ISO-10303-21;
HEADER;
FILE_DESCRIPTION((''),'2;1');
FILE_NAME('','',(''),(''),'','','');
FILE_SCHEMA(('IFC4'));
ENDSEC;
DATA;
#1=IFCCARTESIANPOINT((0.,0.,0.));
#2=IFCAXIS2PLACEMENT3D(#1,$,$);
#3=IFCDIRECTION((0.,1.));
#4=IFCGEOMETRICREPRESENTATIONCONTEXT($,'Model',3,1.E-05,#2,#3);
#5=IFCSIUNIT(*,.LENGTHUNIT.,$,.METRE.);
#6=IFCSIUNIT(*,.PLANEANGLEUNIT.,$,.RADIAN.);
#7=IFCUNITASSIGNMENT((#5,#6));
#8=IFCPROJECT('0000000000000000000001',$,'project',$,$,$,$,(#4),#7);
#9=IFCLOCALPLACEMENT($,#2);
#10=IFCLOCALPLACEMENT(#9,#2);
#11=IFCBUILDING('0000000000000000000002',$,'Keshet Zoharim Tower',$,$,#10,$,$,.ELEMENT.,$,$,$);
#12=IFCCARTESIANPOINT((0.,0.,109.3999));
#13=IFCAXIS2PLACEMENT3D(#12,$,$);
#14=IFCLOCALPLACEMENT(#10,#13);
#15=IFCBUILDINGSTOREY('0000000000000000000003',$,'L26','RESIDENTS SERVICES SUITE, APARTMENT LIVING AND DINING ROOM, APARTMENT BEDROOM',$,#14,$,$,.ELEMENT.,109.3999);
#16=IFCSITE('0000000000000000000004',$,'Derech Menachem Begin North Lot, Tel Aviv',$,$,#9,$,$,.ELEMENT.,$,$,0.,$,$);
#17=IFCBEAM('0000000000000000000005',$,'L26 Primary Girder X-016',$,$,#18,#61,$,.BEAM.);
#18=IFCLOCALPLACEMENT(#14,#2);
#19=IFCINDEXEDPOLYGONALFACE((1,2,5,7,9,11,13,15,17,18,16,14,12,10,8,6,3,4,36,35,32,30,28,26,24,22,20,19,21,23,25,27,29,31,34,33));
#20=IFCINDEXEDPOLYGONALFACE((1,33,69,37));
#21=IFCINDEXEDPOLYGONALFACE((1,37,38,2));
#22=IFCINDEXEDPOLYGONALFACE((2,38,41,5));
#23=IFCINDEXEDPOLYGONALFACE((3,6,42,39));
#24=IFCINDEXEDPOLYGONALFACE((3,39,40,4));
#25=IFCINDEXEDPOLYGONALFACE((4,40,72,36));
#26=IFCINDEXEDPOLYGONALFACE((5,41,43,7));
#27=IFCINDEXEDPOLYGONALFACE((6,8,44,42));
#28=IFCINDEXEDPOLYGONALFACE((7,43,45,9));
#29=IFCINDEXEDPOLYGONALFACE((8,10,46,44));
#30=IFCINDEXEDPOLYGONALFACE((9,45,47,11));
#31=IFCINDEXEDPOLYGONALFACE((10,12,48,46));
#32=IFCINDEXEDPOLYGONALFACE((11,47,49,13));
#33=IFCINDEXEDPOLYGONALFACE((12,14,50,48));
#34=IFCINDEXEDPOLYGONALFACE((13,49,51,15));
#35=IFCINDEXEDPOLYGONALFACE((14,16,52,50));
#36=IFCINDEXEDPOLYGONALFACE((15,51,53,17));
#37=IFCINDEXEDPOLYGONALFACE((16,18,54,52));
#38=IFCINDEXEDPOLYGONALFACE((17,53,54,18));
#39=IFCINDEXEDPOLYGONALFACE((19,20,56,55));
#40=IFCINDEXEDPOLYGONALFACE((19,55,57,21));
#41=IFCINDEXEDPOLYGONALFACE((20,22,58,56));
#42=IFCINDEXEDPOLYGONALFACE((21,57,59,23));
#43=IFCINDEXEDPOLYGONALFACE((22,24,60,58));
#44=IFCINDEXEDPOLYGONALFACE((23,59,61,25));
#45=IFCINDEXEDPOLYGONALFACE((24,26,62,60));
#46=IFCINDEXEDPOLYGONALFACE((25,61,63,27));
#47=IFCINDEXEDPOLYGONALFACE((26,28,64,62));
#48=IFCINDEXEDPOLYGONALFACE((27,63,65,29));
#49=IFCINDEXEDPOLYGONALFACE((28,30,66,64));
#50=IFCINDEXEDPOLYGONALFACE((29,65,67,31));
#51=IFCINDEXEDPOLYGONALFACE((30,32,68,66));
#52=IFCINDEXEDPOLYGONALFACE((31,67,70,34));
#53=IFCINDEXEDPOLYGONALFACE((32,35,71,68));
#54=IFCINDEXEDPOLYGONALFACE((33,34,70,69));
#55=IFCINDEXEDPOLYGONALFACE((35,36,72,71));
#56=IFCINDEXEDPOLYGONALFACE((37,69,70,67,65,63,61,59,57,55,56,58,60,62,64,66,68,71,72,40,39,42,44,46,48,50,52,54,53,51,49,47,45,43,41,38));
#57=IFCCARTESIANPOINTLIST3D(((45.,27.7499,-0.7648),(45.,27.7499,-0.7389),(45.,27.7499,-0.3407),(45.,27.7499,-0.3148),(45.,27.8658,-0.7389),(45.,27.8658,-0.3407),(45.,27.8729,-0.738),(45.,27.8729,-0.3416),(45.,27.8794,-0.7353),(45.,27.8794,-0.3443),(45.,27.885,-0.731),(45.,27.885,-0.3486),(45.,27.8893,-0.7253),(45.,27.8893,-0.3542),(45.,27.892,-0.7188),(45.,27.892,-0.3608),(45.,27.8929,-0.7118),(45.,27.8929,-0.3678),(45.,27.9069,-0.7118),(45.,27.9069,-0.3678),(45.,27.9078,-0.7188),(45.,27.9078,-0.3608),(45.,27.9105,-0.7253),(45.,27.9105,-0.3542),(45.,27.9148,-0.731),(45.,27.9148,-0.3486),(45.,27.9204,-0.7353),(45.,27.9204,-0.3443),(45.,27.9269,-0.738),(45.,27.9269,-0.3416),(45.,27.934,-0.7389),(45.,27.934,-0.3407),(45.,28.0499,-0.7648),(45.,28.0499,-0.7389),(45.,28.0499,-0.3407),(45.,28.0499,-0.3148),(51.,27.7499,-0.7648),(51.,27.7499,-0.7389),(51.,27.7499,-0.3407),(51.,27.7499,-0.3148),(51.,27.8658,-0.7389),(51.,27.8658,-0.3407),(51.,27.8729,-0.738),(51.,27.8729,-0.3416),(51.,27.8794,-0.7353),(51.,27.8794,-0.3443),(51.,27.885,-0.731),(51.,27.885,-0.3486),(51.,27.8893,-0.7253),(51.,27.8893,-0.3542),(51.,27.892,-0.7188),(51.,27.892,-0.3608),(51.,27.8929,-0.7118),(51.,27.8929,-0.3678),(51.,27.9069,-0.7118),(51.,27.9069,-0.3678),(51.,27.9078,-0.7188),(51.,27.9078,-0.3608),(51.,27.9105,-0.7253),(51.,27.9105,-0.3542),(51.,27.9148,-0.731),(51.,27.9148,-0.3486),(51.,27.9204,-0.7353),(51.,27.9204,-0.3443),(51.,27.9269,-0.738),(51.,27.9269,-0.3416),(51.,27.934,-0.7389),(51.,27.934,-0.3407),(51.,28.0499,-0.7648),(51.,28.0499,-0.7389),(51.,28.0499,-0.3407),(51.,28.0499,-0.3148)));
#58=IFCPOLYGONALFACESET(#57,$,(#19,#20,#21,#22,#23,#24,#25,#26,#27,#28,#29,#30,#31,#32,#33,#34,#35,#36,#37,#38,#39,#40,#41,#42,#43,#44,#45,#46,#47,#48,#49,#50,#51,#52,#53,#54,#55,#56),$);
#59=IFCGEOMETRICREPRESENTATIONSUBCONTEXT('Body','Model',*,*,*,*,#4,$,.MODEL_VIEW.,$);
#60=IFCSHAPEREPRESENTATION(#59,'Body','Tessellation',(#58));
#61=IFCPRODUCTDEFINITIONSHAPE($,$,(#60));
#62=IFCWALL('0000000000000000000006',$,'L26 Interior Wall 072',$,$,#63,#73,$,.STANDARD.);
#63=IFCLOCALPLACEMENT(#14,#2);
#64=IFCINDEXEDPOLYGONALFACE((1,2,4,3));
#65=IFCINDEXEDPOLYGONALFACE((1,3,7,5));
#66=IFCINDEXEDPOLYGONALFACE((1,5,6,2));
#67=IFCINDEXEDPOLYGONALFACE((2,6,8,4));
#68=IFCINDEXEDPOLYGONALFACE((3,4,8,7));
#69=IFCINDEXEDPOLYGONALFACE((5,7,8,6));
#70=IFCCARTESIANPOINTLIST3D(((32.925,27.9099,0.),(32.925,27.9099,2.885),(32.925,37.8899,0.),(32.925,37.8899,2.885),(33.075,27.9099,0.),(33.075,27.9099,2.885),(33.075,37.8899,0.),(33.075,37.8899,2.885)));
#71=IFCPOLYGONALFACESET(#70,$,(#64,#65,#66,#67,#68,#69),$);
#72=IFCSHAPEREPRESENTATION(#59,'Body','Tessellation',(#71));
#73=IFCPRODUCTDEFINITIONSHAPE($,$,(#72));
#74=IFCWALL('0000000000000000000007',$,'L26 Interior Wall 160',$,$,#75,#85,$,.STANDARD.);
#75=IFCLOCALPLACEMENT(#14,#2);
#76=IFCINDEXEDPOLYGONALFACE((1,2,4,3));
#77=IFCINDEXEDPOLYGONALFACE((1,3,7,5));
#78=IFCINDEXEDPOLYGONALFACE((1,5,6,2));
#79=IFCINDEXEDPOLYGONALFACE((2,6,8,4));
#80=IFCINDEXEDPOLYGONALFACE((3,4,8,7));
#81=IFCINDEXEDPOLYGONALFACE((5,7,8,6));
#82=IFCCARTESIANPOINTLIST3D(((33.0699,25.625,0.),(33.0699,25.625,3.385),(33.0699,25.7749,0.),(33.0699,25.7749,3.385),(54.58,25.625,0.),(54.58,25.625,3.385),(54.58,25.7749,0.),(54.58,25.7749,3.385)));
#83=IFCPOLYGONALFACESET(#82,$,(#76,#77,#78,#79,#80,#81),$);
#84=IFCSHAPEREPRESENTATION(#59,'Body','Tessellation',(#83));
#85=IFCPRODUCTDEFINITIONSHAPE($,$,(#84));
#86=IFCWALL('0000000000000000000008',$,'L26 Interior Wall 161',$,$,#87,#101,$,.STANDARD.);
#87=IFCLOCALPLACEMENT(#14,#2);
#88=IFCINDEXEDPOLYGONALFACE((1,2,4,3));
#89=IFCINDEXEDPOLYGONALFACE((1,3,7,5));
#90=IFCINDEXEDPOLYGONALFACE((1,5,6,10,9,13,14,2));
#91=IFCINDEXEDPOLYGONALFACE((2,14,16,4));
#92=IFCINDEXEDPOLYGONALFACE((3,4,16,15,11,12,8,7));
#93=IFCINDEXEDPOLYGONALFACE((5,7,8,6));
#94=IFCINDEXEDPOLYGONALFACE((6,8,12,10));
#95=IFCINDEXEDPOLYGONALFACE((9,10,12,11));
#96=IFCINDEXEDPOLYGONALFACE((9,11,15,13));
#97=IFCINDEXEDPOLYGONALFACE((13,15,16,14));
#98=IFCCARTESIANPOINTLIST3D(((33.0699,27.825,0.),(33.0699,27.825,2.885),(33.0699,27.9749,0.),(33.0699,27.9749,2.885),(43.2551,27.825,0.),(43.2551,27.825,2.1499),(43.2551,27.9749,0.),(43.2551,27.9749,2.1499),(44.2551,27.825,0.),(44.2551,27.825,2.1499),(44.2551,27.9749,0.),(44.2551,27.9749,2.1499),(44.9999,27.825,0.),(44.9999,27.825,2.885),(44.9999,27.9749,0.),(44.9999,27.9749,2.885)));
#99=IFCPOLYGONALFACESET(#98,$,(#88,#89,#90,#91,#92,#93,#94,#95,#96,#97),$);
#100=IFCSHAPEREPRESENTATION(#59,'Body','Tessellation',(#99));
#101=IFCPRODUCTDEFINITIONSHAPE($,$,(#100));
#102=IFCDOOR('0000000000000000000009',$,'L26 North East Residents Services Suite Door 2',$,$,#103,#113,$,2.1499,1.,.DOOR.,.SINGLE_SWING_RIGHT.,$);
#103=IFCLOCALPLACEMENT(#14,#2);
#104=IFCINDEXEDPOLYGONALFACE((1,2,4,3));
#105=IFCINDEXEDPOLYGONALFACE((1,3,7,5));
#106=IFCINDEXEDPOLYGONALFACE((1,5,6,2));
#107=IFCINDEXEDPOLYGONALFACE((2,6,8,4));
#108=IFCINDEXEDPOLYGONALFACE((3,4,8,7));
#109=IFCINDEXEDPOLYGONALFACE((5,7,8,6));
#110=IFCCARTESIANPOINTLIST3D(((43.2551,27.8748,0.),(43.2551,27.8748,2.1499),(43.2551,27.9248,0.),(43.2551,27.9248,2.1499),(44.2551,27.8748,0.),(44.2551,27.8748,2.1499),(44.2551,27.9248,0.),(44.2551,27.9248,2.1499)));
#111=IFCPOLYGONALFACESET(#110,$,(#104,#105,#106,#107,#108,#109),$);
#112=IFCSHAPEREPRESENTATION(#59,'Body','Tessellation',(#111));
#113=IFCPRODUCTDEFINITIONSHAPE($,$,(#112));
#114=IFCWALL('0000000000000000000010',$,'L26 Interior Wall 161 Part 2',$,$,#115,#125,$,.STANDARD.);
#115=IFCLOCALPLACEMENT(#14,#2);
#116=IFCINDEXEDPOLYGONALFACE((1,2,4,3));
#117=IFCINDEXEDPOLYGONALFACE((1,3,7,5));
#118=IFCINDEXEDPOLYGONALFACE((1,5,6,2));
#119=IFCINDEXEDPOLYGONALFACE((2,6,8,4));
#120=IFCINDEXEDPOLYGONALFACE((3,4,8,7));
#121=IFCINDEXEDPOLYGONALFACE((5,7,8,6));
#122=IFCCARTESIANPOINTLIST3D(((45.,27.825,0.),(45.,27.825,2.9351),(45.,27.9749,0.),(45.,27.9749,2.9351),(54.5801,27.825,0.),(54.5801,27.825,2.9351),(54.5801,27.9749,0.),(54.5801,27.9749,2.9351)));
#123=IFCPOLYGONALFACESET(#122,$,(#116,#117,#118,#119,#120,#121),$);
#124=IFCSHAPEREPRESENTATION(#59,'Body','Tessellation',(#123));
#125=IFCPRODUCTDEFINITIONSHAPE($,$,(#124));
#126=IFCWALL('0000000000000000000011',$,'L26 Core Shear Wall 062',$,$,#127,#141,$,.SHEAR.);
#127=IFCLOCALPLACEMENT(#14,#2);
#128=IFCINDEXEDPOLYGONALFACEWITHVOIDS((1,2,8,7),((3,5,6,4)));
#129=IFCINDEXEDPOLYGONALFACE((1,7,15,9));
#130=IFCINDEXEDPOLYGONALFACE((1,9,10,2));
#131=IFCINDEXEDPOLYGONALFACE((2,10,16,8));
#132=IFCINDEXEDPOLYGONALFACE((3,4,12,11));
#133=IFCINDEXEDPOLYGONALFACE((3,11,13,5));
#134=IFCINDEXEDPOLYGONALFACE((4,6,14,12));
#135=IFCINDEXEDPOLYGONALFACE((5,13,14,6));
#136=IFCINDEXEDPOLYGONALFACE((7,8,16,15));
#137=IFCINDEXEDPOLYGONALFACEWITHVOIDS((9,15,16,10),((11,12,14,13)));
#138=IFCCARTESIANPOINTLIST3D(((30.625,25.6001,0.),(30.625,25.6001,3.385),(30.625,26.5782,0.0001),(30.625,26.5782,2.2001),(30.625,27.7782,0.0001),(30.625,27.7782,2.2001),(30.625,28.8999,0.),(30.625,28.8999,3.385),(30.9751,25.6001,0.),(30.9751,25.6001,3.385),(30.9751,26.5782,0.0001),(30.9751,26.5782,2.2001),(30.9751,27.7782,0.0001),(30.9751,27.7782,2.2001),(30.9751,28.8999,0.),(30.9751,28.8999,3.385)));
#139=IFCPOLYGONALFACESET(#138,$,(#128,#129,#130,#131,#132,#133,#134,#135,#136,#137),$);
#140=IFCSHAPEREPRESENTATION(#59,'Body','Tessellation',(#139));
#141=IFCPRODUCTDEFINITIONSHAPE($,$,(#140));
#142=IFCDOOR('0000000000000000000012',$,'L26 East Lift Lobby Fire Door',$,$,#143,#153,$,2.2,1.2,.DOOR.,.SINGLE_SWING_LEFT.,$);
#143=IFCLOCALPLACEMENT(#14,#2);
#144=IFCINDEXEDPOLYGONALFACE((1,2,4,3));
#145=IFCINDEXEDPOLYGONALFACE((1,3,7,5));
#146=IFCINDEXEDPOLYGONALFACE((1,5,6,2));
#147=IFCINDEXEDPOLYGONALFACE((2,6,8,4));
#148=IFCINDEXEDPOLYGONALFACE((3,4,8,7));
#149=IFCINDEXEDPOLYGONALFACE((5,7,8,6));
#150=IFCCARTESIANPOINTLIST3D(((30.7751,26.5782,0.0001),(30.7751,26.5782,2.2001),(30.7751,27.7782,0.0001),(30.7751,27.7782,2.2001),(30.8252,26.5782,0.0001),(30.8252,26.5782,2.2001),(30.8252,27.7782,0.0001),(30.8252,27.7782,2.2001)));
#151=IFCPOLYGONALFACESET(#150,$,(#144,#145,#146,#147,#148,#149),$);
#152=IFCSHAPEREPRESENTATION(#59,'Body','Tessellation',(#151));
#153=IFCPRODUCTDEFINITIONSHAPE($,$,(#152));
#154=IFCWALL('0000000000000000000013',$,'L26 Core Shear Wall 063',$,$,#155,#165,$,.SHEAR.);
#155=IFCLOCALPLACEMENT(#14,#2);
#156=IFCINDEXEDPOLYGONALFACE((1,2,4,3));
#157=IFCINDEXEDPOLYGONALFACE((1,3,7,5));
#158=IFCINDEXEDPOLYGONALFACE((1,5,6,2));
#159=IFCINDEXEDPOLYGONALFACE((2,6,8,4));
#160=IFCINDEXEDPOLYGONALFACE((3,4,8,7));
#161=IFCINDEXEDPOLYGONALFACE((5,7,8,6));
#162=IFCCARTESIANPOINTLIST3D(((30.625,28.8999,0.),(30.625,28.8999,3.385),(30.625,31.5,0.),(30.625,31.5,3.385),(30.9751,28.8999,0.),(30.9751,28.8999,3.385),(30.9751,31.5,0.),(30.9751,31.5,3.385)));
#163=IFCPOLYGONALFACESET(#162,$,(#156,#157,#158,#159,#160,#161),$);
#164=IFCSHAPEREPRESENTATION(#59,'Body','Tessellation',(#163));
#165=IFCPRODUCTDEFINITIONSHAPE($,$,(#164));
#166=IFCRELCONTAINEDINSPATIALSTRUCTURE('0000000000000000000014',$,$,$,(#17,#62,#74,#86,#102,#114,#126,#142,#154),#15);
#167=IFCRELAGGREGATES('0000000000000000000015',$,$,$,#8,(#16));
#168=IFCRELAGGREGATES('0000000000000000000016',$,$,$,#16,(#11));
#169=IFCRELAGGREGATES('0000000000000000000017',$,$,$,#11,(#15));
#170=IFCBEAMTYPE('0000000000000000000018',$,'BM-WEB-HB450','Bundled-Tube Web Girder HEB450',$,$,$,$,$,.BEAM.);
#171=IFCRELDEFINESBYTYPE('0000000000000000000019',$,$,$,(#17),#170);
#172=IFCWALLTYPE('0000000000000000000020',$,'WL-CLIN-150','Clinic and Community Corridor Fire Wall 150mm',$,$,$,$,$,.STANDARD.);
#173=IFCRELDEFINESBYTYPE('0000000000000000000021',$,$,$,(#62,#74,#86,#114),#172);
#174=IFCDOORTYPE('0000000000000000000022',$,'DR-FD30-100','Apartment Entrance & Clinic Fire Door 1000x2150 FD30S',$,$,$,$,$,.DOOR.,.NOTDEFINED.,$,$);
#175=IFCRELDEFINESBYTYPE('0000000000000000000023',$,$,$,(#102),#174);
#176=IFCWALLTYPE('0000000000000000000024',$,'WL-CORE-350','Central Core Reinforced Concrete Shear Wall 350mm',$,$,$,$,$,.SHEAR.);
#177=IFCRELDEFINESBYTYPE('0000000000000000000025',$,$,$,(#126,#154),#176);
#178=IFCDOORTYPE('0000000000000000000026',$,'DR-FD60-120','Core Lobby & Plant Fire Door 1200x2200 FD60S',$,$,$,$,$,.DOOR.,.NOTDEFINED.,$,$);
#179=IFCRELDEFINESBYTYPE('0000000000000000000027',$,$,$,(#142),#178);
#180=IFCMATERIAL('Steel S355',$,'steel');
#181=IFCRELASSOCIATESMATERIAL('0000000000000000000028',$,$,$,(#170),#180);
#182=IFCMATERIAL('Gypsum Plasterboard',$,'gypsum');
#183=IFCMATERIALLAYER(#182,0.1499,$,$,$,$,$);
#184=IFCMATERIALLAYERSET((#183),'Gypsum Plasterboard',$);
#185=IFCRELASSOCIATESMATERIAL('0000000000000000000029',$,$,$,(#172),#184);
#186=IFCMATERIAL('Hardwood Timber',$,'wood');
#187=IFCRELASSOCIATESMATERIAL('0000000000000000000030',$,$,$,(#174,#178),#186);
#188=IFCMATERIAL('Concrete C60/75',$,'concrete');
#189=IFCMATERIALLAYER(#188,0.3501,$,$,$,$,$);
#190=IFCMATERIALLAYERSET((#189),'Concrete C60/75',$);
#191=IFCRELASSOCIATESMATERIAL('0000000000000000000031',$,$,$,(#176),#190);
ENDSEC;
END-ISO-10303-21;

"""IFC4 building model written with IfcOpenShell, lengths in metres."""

from ifc_helpers import new_model, si_unit, direction, frame, frame_2d, origin, origin_2d, place, context, subcontext, project, spatial, rectangle, i_section, extrude, material, layer, layer_set, material_profile, profile_set, type_object, element, fill, save


model = new_model("IFC4")

# Units and contexts
model_context = context("Model", 3, precision=1e-05, world=origin(), true_north=direction((0.0, 1.0)))
body_context = subcontext(model_context, "Body", "Model", "MODEL_VIEW")
ifc_project = project(units=[si_unit("LENGTHUNIT", "METRE"), si_unit("PLANEANGLEUNIT", "RADIAN")], contexts=[model_context])

# Site, building, storey
site_placement = place(None, origin())
site = spatial("IfcSite", under=ifc_project, at=site_placement, Name="Derech Menachem Begin North Lot, Tel Aviv", CompositionType="ELEMENT", RefElevation=0.0)
building_placement = place(site_placement, origin())
building = spatial("IfcBuilding", under=site, at=building_placement, Name="Keshet Zoharim Tower", CompositionType="ELEMENT")
storey_placement = place(building_placement, frame((0.0, 0.0, 109.3999)))
storey = spatial("IfcBuildingStorey", under=building, at=storey_placement, Name="L26", Description="RESIDENTS SERVICES SUITE, APARTMENT LIVING AND DINING ROOM, APARTMENT BEDROOM", CompositionType="ELEMENT", Elevation=109.3999)

# Shared definitions
ifc_material_1 = material(Name="Concrete C60/75", Category="concrete")

# Beam
ifc_material_2 = material(Name="Steel S355", Category="steel")
ifc_material_profile_1 = material_profile(ifc_material_2, i_section(OverallWidth=0.3, OverallDepth=0.45, WebThickness=0.0139, FlangeThickness=0.0259, FilletRadius=0.0271, at=origin_2d()), Name="HEB450")
ifc_profile_set_1 = profile_set([ifc_material_profile_1], Name="Steel S355")
beam_type_1 = type_object("IfcBeamType", Name="BM-WEB-HB450", Description="Bundled-Tube Web Girder HEB450", PredefinedType="BEAM", material=ifc_profile_set_1)
beam_1_placement = place(storey_placement, frame((45.0, 27.8999, -0.5398), z_axis=(1.0, 0.0, 0.0), x_axis=(0.0, 1.0, 0.0)))
element("IfcBeam", 1, at=beam_1_placement, inside=storey, type_object=beam_type_1, Name="L26 Primary Girder X-016", PredefinedType="BEAM", context=body_context, shape_type="SweptSolid", body=[
    extrude(i_section(OverallWidth=0.3, OverallDepth=0.45, WebThickness=0.0139, FlangeThickness=0.0259, FilletRadius=0.0271, at=origin_2d()), origin(), (0.0, 0.0, 1.0), 6.0),
])

# Walls
ifc_material_3 = material(Name="Gypsum Plasterboard", Category="gypsum")
ifc_layer_1 = layer(ifc_material_3, 0.1499)
ifc_layer_set_1 = layer_set([ifc_layer_1], Name="Gypsum Plasterboard")
wall_type_1 = type_object("IfcWallType", Name="WL-CLIN-150", Description="Clinic and Community Corridor Fire Wall 150mm", PredefinedType="STANDARD", material=ifc_layer_set_1)
wall_1_placement = place(storey_placement, frame((33.0, 27.9099, 0.0), z_axis=(0.0, 0.0, 1.0), x_axis=(0.0, 1.0, 0.0)))
element("IfcWall", 2, at=wall_1_placement, inside=storey, type_object=wall_type_1, Name="L26 Interior Wall 072", PredefinedType="STANDARD", context=body_context, shape_type="SweptSolid", body=[
    extrude(rectangle(XDim=9.98, YDim=0.1499, at=frame_2d((4.99, 0.0))), origin(), (0.0, 0.0, 1.0), 2.885),
])
wall_2_placement = place(storey_placement, frame((33.0701, 25.7, 0.0), z_axis=(0.0, 0.0, 1.0), x_axis=(1.0, 0.0, 0.0)))
element("IfcWall", 3, at=wall_2_placement, inside=storey, type_object=wall_type_1, Name="L26 Interior Wall 160", PredefinedType="STANDARD", context=body_context, shape_type="SweptSolid", body=[
    extrude(rectangle(XDim=21.51, YDim=0.1499, at=frame_2d((10.7549, 0.0))), origin(), (0.0, 0.0, 1.0), 3.385),
])

# Wall, opening, door
wall_3_placement = place(storey_placement, frame((33.0701, 27.8999, 0.0), z_axis=(0.0, 0.0, 1.0), x_axis=(1.0, 0.0, 0.0)))
wall_3 = element("IfcWall", 4, at=wall_3_placement, inside=storey, type_object=wall_type_1, Name="L26 Interior Wall 161", PredefinedType="STANDARD", context=body_context, shape_type="SweptSolid", body=[
    extrude(rectangle(XDim=11.9299, YDim=0.1499, at=frame_2d((5.9648, 0.0))), origin(), (0.0, 0.0, 1.0), 2.885),
])
opening_1_placement = place(wall_3_placement, frame((10.1851, 0.0, 0.0)))
opening_1 = element("IfcOpeningElement", 5, at=opening_1_placement, cuts=wall_3, PredefinedType="OPENING", context=body_context, shape_type="SweptSolid", body=[
    extrude(rectangle(XDim=1.0, YDim=2.1499, at=frame_2d((0.5, 1.075))), frame((0.0, 0.085, 0.0), z_axis=(0.0, -1.0, 0.0), x_axis=(1.0, 0.0, 0.0)), (0.0, 0.0, 1.0), 0.1699),
])
ifc_material_4 = material(Name="Hardwood Timber", Category="wood")
door_type_1 = type_object("IfcDoorType", Name="DR-FD30-100", Description="Apartment Entrance & Clinic Fire Door 1000x2150 FD30S", OperationType="NOTDEFINED", PredefinedType="DOOR", material=ifc_material_4)
door_1_placement = place(opening_1_placement, origin())
door_1 = element("IfcDoor", 6, at=door_1_placement, inside=storey, type_object=door_type_1, Name="L26 North East Residents Services Suite Door 2", OperationType="SINGLE_SWING_RIGHT", OverallHeight=2.1499, OverallWidth=1.0, PredefinedType="DOOR", context=body_context, shape_type="SweptSolid", body=[
    extrude(rectangle(XDim=1.0, YDim=2.1499, at=frame_2d((0.5, 1.075))), frame((0.0, 0.0249, 0.0), z_axis=(0.0, -1.0, 0.0), x_axis=(1.0, 0.0, 0.0)), (0.0, 0.0, 1.0), 0.05),
])
fill(opening_1, door_1)

# Wall
wall_4_placement = place(storey_placement, frame((45.0, 27.8999, 0.0), z_axis=(0.0, 0.0, 1.0), x_axis=(1.0, 0.0, 0.0)))
element("IfcWall", 7, at=wall_4_placement, inside=storey, type_object=wall_type_1, Name="L26 Interior Wall 161 Part 2", PredefinedType="STANDARD", context=body_context, shape_type="SweptSolid", body=[
    extrude(rectangle(XDim=9.5801, YDim=0.1499, at=frame_2d((4.79, 0.0))), origin(), (0.0, 0.0, 1.0), 2.9351),
])

# Wall, opening, door
ifc_layer_2 = layer(ifc_material_1, 0.3501)
ifc_layer_set_2 = layer_set([ifc_layer_2], Name="Concrete C60/75")
wall_type_2 = type_object("IfcWallType", Name="WL-CORE-350", Description="Central Core Reinforced Concrete Shear Wall 350mm", PredefinedType="SHEAR", material=ifc_layer_set_2)
wall_5_placement = place(storey_placement, frame((30.8, 25.6001, 0.0), z_axis=(0.0, 0.0, 1.0), x_axis=(0.0, 1.0, 0.0)))
wall_5 = element("IfcWall", 8, at=wall_5_placement, inside=storey, type_object=wall_type_2, Name="L26 Core Shear Wall 062", PredefinedType="SHEAR", context=body_context, shape_type="SweptSolid", body=[
    extrude(rectangle(XDim=3.2998, YDim=0.3501, at=frame_2d((1.6499, 0.0))), origin(), (0.0, 0.0, 1.0), 3.385),
])
opening_2_placement = place(wall_5_placement, frame((0.978, 0.0, 0.0)))
opening_2 = element("IfcOpeningElement", 9, at=opening_2_placement, cuts=wall_5, PredefinedType="OPENING", context=body_context, shape_type="SweptSolid", body=[
    extrude(rectangle(XDim=1.2, YDim=2.2, at=frame_2d((0.6001, 1.1001))), frame((0.0, 0.1851, 0.0), z_axis=(0.0, -1.0, 0.0), x_axis=(1.0, 0.0, 0.0)), (0.0, 0.0, 1.0), 0.3701),
])
door_type_2 = type_object("IfcDoorType", Name="DR-FD60-120", Description="Core Lobby & Plant Fire Door 1200x2200 FD60S", OperationType="NOTDEFINED", PredefinedType="DOOR", material=ifc_material_4)
door_2_placement = place(opening_2_placement, origin())
door_2 = element("IfcDoor", 10, at=door_2_placement, inside=storey, type_object=door_type_2, Name="L26 East Lift Lobby Fire Door", OperationType="SINGLE_SWING_LEFT", OverallHeight=2.2, OverallWidth=1.2, PredefinedType="DOOR", context=body_context, shape_type="SweptSolid", body=[
    extrude(rectangle(XDim=1.2, YDim=2.2, at=frame_2d((0.6001, 1.1001))), frame((0.0, 0.0249, 0.0), z_axis=(0.0, -1.0, 0.0), x_axis=(1.0, 0.0, 0.0)), (0.0, 0.0, 1.0), 0.05),
])
fill(opening_2, door_2)

# Wall
wall_6_placement = place(storey_placement, frame((30.8, 28.8999, 0.0), z_axis=(0.0, 0.0, 1.0), x_axis=(0.0, 1.0, 0.0)))
element("IfcWall", 11, at=wall_6_placement, inside=storey, type_object=wall_type_2, Name="L26 Core Shear Wall 063", PredefinedType="SHEAR", context=body_context, shape_type="SweptSolid", body=[
    extrude(rectangle(XDim=2.6001, YDim=0.3501, at=frame_2d((1.3, 0.0))), origin(), (0.0, 0.0, 1.0), 3.385),
])

save(model, "model.ifc")
